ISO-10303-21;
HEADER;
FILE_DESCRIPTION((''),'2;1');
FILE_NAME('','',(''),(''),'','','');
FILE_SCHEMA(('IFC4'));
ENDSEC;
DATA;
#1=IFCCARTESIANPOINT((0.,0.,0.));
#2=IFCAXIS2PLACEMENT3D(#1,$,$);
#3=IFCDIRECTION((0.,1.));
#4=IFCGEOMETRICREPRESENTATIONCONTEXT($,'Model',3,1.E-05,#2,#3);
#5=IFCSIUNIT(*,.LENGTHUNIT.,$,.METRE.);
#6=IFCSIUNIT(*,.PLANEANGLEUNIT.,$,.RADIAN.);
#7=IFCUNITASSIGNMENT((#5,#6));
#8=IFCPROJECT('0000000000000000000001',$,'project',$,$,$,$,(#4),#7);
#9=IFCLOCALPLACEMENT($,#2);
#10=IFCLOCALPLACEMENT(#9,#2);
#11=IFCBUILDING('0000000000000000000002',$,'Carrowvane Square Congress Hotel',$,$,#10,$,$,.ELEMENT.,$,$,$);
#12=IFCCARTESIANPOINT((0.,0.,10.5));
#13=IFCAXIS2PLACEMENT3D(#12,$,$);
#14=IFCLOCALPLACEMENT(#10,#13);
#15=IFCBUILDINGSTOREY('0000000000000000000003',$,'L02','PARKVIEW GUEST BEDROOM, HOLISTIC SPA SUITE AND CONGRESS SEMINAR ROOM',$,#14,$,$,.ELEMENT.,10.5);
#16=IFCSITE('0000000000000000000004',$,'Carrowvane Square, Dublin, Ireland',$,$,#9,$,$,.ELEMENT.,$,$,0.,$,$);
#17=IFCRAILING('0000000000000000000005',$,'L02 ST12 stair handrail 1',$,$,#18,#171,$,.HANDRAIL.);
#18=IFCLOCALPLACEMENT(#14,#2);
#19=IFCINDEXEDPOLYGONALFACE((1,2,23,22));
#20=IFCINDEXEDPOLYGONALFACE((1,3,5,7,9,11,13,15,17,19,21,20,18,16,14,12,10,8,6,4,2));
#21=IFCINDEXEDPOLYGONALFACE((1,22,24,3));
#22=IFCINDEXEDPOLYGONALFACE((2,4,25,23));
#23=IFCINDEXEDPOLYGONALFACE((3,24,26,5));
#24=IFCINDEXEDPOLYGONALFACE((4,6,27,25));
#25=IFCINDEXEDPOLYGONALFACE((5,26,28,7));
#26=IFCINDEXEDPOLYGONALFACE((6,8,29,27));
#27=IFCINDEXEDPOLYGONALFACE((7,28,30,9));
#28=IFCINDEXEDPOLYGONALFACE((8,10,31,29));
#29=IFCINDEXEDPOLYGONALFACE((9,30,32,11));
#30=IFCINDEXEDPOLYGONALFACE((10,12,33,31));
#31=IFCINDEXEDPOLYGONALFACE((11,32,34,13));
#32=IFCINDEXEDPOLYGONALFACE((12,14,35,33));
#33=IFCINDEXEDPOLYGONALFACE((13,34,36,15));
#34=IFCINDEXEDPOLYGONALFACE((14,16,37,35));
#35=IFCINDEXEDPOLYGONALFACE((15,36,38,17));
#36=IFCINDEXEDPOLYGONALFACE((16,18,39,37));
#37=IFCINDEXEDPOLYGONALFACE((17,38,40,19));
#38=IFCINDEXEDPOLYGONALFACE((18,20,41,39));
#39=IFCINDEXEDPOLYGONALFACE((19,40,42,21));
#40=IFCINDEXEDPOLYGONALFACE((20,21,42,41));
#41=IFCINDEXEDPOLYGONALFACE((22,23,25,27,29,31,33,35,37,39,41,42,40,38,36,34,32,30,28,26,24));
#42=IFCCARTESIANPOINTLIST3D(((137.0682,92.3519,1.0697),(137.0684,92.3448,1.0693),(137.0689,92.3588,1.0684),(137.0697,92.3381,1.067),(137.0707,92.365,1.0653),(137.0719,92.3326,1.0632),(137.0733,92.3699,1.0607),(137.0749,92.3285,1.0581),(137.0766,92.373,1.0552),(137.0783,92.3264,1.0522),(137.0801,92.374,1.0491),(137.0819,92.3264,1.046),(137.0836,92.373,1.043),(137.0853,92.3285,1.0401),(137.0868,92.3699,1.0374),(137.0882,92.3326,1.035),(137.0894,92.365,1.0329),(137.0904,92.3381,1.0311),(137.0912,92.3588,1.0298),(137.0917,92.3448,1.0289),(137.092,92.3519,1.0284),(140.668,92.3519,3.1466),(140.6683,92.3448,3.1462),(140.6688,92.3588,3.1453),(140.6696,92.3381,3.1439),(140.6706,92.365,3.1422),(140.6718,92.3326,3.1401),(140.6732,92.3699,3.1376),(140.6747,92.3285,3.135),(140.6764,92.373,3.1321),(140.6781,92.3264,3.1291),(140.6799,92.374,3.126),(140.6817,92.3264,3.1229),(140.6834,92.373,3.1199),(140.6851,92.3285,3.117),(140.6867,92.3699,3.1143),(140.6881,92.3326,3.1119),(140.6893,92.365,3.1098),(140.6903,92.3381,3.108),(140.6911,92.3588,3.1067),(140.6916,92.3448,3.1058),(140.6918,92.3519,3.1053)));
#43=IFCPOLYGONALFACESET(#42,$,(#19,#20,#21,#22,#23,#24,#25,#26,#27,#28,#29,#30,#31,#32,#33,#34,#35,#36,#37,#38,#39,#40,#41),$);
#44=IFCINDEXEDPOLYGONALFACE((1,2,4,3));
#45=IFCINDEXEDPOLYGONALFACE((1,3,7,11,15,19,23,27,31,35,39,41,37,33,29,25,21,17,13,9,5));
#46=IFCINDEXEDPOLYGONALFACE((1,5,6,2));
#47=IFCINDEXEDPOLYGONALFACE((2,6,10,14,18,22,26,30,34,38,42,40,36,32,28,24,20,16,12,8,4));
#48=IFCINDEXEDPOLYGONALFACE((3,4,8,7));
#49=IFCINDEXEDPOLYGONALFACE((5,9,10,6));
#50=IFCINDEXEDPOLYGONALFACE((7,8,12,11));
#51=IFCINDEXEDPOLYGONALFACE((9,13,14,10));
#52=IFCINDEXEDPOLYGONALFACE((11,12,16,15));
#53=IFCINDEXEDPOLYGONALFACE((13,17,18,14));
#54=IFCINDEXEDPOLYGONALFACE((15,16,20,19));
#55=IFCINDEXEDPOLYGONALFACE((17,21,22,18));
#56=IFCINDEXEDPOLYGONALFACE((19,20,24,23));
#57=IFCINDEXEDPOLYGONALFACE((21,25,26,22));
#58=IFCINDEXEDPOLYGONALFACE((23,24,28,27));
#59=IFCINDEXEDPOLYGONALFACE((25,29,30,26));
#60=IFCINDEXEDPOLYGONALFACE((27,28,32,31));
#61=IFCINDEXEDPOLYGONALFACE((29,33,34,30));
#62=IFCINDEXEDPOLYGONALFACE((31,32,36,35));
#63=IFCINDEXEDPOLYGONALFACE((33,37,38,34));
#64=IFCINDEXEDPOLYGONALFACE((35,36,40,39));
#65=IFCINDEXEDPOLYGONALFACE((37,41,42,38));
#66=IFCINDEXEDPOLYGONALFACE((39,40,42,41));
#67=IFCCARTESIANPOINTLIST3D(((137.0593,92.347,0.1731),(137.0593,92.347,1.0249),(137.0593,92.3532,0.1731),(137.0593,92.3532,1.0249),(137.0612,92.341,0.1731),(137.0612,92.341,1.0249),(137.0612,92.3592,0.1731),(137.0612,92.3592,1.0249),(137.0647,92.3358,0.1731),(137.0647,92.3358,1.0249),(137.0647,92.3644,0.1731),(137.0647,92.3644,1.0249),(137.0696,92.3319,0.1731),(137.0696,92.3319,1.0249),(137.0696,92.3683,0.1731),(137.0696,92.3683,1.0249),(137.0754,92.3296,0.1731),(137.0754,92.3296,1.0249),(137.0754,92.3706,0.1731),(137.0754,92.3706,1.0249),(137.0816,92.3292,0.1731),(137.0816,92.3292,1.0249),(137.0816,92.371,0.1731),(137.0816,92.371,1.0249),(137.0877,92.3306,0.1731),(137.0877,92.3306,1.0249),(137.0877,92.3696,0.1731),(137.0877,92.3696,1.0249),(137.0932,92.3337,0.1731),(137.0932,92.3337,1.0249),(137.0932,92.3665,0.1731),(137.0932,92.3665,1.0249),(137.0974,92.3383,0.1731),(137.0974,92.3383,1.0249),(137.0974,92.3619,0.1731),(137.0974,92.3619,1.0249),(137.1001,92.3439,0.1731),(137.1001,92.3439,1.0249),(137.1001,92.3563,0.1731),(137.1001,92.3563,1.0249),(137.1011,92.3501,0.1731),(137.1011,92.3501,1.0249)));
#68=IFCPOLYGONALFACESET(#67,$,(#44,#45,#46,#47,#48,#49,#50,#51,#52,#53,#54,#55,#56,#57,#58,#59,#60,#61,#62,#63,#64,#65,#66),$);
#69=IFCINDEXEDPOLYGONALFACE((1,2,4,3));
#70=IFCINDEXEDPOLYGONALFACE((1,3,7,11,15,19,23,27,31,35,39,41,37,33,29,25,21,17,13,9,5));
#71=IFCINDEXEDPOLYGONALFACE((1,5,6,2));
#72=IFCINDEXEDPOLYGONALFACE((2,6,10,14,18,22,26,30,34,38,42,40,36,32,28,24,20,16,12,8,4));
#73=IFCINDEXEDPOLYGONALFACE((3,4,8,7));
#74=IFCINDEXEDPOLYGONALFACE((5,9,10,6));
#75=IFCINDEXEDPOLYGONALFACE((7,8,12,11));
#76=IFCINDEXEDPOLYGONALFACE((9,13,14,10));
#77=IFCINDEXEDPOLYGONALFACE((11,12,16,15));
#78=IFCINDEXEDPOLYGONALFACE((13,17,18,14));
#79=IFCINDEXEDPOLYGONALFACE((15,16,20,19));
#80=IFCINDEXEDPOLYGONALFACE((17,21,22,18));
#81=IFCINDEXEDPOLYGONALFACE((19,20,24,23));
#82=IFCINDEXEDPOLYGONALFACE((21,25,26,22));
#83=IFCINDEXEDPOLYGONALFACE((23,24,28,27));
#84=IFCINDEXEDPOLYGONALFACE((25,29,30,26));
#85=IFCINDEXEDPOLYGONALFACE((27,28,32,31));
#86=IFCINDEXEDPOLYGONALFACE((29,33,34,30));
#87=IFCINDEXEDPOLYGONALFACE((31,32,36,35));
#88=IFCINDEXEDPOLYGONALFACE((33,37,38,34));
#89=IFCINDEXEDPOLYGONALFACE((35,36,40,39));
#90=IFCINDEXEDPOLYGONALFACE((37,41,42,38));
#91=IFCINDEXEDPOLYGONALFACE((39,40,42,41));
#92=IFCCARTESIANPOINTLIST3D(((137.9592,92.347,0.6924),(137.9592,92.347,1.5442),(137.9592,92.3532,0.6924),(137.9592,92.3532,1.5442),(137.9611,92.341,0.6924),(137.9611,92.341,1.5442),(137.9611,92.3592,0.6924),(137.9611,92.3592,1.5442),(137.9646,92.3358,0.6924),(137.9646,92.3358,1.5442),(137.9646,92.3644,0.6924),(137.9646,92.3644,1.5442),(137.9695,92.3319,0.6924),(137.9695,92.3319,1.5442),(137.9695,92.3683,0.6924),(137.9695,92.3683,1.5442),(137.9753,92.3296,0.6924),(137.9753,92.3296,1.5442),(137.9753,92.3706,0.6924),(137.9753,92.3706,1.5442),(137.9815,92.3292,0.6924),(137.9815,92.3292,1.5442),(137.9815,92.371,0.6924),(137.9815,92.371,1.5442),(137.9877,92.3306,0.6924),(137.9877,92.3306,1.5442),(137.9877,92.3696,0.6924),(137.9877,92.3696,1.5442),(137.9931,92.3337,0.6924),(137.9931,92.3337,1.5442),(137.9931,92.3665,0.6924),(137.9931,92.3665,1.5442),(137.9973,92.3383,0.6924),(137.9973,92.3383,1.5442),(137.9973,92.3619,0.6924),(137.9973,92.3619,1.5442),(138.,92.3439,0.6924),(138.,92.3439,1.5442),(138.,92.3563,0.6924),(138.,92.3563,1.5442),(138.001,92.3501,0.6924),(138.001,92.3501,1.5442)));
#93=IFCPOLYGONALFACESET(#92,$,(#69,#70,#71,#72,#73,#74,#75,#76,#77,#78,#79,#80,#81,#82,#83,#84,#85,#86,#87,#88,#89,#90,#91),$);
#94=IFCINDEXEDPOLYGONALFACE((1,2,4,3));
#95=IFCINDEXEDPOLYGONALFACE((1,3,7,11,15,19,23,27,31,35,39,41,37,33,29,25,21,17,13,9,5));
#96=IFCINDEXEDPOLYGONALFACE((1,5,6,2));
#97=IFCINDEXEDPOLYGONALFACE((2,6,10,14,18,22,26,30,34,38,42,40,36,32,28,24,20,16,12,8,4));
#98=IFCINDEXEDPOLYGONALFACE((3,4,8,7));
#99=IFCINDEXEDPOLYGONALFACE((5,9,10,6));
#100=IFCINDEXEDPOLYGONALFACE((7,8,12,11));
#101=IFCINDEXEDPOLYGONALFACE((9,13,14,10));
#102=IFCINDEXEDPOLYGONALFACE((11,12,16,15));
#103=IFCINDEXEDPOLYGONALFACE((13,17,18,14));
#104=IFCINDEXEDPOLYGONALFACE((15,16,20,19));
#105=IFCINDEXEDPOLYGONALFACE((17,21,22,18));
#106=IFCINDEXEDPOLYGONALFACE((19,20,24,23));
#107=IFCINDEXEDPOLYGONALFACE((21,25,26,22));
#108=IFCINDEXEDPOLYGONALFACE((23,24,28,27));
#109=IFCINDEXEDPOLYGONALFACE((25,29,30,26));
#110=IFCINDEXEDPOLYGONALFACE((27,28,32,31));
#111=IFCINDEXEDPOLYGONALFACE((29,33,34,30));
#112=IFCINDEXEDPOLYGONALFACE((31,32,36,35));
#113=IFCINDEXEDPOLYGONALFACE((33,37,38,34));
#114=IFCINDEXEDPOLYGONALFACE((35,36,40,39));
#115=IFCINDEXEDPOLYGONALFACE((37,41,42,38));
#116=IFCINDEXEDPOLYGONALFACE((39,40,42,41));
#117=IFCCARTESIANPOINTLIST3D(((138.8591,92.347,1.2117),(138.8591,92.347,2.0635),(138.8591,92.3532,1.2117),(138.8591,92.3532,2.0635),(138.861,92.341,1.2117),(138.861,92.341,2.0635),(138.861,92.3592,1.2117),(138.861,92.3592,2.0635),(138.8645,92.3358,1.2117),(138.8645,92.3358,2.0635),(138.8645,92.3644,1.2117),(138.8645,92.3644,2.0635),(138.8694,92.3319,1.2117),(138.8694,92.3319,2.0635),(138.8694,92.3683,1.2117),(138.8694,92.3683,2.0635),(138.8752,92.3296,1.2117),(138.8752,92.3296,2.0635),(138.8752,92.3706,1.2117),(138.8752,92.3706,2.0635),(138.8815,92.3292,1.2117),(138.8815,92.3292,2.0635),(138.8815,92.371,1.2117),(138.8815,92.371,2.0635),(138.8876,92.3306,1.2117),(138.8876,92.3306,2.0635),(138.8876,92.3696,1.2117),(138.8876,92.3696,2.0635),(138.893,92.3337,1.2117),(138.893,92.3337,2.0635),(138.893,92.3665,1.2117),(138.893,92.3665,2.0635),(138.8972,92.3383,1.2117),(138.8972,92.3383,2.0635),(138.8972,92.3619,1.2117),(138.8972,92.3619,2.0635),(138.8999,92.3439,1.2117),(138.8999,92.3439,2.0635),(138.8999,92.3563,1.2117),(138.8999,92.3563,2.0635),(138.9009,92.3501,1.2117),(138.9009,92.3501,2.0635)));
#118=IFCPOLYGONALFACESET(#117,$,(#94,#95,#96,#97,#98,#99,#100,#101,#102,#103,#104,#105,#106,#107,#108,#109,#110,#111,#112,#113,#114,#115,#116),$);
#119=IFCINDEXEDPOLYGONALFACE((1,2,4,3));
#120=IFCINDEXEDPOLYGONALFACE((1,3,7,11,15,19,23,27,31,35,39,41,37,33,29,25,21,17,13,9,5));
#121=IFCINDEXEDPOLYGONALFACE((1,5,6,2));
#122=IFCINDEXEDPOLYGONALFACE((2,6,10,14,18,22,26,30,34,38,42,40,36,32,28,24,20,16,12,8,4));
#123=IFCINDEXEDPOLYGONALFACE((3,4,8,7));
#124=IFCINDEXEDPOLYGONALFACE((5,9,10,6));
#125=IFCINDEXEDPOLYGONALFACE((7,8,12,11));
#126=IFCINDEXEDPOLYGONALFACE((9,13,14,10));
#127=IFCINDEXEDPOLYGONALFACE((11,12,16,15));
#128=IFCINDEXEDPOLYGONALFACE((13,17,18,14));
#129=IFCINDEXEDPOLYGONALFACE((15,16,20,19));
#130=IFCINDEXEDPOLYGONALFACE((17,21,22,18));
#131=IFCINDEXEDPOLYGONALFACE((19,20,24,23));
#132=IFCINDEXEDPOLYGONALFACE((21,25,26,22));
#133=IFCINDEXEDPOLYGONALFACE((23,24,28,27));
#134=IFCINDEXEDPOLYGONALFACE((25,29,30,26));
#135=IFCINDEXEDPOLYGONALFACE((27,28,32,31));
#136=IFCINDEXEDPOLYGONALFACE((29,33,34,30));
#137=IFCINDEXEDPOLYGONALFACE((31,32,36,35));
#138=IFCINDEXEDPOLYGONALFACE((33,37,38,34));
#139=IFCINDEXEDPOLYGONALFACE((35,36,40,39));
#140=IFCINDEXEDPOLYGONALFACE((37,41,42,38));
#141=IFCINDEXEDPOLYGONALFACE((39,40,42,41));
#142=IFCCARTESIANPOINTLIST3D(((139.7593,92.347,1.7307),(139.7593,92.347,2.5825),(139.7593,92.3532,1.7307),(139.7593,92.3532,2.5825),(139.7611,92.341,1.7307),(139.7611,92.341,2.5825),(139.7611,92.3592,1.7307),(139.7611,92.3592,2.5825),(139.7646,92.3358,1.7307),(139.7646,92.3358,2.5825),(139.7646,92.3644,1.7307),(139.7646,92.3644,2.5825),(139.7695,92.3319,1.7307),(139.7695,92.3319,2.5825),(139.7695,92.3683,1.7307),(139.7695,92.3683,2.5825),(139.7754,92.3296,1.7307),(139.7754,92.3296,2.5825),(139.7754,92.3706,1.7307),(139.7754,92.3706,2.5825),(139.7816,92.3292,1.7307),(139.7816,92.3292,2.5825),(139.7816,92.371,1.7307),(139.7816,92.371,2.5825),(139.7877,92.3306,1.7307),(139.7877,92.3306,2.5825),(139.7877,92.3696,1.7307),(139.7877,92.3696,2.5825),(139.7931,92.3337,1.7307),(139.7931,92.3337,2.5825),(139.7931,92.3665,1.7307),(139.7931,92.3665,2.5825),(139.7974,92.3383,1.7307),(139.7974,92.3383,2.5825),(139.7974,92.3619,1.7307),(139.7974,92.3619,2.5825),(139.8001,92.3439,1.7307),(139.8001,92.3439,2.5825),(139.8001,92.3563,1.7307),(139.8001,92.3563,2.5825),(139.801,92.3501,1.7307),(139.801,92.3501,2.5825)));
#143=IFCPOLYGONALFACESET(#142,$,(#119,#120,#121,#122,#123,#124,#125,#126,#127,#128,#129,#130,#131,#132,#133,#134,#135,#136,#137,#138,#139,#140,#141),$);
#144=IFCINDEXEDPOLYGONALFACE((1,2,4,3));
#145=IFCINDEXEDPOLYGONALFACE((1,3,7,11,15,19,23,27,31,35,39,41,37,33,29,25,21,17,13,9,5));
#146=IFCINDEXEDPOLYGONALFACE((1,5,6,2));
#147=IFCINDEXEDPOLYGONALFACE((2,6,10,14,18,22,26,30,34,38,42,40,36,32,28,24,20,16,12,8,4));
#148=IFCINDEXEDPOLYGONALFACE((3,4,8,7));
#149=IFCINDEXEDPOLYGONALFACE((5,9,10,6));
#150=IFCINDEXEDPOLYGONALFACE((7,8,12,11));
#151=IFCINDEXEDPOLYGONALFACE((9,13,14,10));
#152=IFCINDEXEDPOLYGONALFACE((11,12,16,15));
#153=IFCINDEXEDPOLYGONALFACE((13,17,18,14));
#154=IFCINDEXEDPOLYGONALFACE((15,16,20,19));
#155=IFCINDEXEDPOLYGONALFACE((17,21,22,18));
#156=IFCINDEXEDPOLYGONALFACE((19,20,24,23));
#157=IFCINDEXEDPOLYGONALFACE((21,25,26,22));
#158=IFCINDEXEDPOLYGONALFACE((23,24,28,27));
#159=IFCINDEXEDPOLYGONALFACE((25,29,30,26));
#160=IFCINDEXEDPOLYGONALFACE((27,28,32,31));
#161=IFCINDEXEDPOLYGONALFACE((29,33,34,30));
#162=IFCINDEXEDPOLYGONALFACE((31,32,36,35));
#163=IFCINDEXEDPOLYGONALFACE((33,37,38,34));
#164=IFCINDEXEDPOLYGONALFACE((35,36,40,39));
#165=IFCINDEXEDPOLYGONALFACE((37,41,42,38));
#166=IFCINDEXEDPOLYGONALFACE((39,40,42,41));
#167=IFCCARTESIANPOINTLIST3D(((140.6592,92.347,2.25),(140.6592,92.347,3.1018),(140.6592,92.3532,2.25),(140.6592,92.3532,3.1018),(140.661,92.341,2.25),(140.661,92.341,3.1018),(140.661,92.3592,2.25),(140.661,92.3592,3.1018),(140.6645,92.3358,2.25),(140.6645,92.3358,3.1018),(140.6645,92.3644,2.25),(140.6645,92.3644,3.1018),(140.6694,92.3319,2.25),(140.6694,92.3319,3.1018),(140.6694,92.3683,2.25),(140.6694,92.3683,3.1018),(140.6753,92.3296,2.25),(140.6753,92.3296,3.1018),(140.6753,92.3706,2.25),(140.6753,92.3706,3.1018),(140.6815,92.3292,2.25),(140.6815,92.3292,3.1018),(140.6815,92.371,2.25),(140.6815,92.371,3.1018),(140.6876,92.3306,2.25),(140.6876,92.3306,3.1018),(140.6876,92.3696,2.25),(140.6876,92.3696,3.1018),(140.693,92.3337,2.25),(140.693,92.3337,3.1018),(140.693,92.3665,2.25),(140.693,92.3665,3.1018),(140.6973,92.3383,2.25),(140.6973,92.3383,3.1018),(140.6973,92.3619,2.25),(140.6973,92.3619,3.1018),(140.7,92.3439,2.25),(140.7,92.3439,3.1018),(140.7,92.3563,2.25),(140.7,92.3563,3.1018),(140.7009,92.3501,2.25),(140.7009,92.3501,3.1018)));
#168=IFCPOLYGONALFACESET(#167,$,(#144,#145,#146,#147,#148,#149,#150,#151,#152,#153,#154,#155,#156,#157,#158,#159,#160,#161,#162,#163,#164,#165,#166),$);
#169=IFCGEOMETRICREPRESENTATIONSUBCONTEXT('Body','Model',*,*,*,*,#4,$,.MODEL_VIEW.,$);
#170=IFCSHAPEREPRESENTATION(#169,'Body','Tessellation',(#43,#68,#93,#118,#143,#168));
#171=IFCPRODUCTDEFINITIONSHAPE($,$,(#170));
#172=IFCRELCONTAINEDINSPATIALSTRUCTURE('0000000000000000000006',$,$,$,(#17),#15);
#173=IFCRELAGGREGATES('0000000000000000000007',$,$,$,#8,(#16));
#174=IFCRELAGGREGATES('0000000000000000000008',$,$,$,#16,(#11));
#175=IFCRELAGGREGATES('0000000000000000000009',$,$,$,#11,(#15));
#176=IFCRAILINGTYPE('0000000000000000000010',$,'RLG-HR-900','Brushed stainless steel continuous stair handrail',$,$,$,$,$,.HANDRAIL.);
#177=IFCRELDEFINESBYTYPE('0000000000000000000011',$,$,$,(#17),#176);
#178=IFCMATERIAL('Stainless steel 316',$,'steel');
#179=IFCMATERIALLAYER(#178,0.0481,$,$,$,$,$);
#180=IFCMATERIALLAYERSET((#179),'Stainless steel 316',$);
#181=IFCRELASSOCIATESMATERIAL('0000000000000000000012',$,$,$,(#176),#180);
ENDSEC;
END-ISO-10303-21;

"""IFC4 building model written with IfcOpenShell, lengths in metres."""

from ifc_helpers import new_model, si_unit, direction, frame, origin, origin_2d, place, context, subcontext, project, spatial, circle, extrude, material, layer, layer_set, type_object, element, save


model = new_model("IFC4")

# Units and contexts
model_context = context("Model", 3, precision=1e-05, world=origin(), true_north=direction((0.0, 1.0)))
body_context = subcontext(model_context, "Body", "Model", "MODEL_VIEW")
ifc_project = project(units=[si_unit("LENGTHUNIT", "METRE"), si_unit("PLANEANGLEUNIT", "RADIAN")], contexts=[model_context])

# Site, building, storey
site_placement = place(None, origin())
site = spatial("IfcSite", under=ifc_project, at=site_placement, Name="Carrowvane Square, Dublin, Ireland", CompositionType="ELEMENT", RefElevation=0.0)
building_placement = place(site_placement, origin())
building = spatial("IfcBuilding", under=site, at=building_placement, Name="Carrowvane Square Congress Hotel", CompositionType="ELEMENT")
storey_placement = place(building_placement, frame((0.0, 0.0, 10.5)))
storey = spatial("IfcBuildingStorey", under=building, at=storey_placement, Name="L02", Description="PARKVIEW GUEST BEDROOM, HOLISTIC SPA SUITE AND CONGRESS SEMINAR ROOM", CompositionType="ELEMENT", Elevation=10.5)

# Railing
ifc_material_1 = material(Name="Stainless steel 316", Category="steel")
ifc_layer_1 = layer(ifc_material_1, 0.0481)
ifc_layer_set_1 = layer_set([ifc_layer_1], Name="Stainless steel 316")
railing_type_1 = type_object("IfcRailingType", Name="RLG-HR-900", Description="Brushed stainless steel continuous stair handrail", PredefinedType="HANDRAIL", material=ifc_layer_set_1)
railing_1_placement = place(storey_placement, frame((137.0801, 92.3501, 0.1731)))
element("IfcRailing", 1, at=railing_1_placement, inside=storey, type_object=railing_type_1, Name="L02 ST12 stair handrail 1", PredefinedType="HANDRAIL", context=body_context, shape_type="SweptSolid", body=[
    extrude(circle(Radius=0.0239, at=origin_2d()), frame((0.0, 0.0, 0.876), z_axis=(0.866179, 0.0, 0.499734), x_axis=(0.0, 1.0, 0.0)), (0.0, 0.0, 1.0), 4.156),
    extrude(circle(Radius=0.021, at=origin_2d()), origin(), (0.0, 0.0, 1.0), 0.8518),
    extrude(circle(Radius=0.021, at=origin_2d()), frame((0.8999, 0.0, 0.5193)), (0.0, 0.0, 1.0), 0.8518),
    extrude(circle(Radius=0.021, at=origin_2d()), frame((1.7998, 0.0, 1.0386)), (0.0, 0.0, 1.0), 0.8518),
    extrude(circle(Radius=0.021, at=origin_2d()), frame((2.7, 0.0, 1.5576)), (0.0, 0.0, 1.0), 0.8518),
    extrude(circle(Radius=0.021, at=origin_2d()), frame((3.5999, 0.0, 2.0769)), (0.0, 0.0, 1.0), 0.8518),
])

save(model, "model.ifc")
